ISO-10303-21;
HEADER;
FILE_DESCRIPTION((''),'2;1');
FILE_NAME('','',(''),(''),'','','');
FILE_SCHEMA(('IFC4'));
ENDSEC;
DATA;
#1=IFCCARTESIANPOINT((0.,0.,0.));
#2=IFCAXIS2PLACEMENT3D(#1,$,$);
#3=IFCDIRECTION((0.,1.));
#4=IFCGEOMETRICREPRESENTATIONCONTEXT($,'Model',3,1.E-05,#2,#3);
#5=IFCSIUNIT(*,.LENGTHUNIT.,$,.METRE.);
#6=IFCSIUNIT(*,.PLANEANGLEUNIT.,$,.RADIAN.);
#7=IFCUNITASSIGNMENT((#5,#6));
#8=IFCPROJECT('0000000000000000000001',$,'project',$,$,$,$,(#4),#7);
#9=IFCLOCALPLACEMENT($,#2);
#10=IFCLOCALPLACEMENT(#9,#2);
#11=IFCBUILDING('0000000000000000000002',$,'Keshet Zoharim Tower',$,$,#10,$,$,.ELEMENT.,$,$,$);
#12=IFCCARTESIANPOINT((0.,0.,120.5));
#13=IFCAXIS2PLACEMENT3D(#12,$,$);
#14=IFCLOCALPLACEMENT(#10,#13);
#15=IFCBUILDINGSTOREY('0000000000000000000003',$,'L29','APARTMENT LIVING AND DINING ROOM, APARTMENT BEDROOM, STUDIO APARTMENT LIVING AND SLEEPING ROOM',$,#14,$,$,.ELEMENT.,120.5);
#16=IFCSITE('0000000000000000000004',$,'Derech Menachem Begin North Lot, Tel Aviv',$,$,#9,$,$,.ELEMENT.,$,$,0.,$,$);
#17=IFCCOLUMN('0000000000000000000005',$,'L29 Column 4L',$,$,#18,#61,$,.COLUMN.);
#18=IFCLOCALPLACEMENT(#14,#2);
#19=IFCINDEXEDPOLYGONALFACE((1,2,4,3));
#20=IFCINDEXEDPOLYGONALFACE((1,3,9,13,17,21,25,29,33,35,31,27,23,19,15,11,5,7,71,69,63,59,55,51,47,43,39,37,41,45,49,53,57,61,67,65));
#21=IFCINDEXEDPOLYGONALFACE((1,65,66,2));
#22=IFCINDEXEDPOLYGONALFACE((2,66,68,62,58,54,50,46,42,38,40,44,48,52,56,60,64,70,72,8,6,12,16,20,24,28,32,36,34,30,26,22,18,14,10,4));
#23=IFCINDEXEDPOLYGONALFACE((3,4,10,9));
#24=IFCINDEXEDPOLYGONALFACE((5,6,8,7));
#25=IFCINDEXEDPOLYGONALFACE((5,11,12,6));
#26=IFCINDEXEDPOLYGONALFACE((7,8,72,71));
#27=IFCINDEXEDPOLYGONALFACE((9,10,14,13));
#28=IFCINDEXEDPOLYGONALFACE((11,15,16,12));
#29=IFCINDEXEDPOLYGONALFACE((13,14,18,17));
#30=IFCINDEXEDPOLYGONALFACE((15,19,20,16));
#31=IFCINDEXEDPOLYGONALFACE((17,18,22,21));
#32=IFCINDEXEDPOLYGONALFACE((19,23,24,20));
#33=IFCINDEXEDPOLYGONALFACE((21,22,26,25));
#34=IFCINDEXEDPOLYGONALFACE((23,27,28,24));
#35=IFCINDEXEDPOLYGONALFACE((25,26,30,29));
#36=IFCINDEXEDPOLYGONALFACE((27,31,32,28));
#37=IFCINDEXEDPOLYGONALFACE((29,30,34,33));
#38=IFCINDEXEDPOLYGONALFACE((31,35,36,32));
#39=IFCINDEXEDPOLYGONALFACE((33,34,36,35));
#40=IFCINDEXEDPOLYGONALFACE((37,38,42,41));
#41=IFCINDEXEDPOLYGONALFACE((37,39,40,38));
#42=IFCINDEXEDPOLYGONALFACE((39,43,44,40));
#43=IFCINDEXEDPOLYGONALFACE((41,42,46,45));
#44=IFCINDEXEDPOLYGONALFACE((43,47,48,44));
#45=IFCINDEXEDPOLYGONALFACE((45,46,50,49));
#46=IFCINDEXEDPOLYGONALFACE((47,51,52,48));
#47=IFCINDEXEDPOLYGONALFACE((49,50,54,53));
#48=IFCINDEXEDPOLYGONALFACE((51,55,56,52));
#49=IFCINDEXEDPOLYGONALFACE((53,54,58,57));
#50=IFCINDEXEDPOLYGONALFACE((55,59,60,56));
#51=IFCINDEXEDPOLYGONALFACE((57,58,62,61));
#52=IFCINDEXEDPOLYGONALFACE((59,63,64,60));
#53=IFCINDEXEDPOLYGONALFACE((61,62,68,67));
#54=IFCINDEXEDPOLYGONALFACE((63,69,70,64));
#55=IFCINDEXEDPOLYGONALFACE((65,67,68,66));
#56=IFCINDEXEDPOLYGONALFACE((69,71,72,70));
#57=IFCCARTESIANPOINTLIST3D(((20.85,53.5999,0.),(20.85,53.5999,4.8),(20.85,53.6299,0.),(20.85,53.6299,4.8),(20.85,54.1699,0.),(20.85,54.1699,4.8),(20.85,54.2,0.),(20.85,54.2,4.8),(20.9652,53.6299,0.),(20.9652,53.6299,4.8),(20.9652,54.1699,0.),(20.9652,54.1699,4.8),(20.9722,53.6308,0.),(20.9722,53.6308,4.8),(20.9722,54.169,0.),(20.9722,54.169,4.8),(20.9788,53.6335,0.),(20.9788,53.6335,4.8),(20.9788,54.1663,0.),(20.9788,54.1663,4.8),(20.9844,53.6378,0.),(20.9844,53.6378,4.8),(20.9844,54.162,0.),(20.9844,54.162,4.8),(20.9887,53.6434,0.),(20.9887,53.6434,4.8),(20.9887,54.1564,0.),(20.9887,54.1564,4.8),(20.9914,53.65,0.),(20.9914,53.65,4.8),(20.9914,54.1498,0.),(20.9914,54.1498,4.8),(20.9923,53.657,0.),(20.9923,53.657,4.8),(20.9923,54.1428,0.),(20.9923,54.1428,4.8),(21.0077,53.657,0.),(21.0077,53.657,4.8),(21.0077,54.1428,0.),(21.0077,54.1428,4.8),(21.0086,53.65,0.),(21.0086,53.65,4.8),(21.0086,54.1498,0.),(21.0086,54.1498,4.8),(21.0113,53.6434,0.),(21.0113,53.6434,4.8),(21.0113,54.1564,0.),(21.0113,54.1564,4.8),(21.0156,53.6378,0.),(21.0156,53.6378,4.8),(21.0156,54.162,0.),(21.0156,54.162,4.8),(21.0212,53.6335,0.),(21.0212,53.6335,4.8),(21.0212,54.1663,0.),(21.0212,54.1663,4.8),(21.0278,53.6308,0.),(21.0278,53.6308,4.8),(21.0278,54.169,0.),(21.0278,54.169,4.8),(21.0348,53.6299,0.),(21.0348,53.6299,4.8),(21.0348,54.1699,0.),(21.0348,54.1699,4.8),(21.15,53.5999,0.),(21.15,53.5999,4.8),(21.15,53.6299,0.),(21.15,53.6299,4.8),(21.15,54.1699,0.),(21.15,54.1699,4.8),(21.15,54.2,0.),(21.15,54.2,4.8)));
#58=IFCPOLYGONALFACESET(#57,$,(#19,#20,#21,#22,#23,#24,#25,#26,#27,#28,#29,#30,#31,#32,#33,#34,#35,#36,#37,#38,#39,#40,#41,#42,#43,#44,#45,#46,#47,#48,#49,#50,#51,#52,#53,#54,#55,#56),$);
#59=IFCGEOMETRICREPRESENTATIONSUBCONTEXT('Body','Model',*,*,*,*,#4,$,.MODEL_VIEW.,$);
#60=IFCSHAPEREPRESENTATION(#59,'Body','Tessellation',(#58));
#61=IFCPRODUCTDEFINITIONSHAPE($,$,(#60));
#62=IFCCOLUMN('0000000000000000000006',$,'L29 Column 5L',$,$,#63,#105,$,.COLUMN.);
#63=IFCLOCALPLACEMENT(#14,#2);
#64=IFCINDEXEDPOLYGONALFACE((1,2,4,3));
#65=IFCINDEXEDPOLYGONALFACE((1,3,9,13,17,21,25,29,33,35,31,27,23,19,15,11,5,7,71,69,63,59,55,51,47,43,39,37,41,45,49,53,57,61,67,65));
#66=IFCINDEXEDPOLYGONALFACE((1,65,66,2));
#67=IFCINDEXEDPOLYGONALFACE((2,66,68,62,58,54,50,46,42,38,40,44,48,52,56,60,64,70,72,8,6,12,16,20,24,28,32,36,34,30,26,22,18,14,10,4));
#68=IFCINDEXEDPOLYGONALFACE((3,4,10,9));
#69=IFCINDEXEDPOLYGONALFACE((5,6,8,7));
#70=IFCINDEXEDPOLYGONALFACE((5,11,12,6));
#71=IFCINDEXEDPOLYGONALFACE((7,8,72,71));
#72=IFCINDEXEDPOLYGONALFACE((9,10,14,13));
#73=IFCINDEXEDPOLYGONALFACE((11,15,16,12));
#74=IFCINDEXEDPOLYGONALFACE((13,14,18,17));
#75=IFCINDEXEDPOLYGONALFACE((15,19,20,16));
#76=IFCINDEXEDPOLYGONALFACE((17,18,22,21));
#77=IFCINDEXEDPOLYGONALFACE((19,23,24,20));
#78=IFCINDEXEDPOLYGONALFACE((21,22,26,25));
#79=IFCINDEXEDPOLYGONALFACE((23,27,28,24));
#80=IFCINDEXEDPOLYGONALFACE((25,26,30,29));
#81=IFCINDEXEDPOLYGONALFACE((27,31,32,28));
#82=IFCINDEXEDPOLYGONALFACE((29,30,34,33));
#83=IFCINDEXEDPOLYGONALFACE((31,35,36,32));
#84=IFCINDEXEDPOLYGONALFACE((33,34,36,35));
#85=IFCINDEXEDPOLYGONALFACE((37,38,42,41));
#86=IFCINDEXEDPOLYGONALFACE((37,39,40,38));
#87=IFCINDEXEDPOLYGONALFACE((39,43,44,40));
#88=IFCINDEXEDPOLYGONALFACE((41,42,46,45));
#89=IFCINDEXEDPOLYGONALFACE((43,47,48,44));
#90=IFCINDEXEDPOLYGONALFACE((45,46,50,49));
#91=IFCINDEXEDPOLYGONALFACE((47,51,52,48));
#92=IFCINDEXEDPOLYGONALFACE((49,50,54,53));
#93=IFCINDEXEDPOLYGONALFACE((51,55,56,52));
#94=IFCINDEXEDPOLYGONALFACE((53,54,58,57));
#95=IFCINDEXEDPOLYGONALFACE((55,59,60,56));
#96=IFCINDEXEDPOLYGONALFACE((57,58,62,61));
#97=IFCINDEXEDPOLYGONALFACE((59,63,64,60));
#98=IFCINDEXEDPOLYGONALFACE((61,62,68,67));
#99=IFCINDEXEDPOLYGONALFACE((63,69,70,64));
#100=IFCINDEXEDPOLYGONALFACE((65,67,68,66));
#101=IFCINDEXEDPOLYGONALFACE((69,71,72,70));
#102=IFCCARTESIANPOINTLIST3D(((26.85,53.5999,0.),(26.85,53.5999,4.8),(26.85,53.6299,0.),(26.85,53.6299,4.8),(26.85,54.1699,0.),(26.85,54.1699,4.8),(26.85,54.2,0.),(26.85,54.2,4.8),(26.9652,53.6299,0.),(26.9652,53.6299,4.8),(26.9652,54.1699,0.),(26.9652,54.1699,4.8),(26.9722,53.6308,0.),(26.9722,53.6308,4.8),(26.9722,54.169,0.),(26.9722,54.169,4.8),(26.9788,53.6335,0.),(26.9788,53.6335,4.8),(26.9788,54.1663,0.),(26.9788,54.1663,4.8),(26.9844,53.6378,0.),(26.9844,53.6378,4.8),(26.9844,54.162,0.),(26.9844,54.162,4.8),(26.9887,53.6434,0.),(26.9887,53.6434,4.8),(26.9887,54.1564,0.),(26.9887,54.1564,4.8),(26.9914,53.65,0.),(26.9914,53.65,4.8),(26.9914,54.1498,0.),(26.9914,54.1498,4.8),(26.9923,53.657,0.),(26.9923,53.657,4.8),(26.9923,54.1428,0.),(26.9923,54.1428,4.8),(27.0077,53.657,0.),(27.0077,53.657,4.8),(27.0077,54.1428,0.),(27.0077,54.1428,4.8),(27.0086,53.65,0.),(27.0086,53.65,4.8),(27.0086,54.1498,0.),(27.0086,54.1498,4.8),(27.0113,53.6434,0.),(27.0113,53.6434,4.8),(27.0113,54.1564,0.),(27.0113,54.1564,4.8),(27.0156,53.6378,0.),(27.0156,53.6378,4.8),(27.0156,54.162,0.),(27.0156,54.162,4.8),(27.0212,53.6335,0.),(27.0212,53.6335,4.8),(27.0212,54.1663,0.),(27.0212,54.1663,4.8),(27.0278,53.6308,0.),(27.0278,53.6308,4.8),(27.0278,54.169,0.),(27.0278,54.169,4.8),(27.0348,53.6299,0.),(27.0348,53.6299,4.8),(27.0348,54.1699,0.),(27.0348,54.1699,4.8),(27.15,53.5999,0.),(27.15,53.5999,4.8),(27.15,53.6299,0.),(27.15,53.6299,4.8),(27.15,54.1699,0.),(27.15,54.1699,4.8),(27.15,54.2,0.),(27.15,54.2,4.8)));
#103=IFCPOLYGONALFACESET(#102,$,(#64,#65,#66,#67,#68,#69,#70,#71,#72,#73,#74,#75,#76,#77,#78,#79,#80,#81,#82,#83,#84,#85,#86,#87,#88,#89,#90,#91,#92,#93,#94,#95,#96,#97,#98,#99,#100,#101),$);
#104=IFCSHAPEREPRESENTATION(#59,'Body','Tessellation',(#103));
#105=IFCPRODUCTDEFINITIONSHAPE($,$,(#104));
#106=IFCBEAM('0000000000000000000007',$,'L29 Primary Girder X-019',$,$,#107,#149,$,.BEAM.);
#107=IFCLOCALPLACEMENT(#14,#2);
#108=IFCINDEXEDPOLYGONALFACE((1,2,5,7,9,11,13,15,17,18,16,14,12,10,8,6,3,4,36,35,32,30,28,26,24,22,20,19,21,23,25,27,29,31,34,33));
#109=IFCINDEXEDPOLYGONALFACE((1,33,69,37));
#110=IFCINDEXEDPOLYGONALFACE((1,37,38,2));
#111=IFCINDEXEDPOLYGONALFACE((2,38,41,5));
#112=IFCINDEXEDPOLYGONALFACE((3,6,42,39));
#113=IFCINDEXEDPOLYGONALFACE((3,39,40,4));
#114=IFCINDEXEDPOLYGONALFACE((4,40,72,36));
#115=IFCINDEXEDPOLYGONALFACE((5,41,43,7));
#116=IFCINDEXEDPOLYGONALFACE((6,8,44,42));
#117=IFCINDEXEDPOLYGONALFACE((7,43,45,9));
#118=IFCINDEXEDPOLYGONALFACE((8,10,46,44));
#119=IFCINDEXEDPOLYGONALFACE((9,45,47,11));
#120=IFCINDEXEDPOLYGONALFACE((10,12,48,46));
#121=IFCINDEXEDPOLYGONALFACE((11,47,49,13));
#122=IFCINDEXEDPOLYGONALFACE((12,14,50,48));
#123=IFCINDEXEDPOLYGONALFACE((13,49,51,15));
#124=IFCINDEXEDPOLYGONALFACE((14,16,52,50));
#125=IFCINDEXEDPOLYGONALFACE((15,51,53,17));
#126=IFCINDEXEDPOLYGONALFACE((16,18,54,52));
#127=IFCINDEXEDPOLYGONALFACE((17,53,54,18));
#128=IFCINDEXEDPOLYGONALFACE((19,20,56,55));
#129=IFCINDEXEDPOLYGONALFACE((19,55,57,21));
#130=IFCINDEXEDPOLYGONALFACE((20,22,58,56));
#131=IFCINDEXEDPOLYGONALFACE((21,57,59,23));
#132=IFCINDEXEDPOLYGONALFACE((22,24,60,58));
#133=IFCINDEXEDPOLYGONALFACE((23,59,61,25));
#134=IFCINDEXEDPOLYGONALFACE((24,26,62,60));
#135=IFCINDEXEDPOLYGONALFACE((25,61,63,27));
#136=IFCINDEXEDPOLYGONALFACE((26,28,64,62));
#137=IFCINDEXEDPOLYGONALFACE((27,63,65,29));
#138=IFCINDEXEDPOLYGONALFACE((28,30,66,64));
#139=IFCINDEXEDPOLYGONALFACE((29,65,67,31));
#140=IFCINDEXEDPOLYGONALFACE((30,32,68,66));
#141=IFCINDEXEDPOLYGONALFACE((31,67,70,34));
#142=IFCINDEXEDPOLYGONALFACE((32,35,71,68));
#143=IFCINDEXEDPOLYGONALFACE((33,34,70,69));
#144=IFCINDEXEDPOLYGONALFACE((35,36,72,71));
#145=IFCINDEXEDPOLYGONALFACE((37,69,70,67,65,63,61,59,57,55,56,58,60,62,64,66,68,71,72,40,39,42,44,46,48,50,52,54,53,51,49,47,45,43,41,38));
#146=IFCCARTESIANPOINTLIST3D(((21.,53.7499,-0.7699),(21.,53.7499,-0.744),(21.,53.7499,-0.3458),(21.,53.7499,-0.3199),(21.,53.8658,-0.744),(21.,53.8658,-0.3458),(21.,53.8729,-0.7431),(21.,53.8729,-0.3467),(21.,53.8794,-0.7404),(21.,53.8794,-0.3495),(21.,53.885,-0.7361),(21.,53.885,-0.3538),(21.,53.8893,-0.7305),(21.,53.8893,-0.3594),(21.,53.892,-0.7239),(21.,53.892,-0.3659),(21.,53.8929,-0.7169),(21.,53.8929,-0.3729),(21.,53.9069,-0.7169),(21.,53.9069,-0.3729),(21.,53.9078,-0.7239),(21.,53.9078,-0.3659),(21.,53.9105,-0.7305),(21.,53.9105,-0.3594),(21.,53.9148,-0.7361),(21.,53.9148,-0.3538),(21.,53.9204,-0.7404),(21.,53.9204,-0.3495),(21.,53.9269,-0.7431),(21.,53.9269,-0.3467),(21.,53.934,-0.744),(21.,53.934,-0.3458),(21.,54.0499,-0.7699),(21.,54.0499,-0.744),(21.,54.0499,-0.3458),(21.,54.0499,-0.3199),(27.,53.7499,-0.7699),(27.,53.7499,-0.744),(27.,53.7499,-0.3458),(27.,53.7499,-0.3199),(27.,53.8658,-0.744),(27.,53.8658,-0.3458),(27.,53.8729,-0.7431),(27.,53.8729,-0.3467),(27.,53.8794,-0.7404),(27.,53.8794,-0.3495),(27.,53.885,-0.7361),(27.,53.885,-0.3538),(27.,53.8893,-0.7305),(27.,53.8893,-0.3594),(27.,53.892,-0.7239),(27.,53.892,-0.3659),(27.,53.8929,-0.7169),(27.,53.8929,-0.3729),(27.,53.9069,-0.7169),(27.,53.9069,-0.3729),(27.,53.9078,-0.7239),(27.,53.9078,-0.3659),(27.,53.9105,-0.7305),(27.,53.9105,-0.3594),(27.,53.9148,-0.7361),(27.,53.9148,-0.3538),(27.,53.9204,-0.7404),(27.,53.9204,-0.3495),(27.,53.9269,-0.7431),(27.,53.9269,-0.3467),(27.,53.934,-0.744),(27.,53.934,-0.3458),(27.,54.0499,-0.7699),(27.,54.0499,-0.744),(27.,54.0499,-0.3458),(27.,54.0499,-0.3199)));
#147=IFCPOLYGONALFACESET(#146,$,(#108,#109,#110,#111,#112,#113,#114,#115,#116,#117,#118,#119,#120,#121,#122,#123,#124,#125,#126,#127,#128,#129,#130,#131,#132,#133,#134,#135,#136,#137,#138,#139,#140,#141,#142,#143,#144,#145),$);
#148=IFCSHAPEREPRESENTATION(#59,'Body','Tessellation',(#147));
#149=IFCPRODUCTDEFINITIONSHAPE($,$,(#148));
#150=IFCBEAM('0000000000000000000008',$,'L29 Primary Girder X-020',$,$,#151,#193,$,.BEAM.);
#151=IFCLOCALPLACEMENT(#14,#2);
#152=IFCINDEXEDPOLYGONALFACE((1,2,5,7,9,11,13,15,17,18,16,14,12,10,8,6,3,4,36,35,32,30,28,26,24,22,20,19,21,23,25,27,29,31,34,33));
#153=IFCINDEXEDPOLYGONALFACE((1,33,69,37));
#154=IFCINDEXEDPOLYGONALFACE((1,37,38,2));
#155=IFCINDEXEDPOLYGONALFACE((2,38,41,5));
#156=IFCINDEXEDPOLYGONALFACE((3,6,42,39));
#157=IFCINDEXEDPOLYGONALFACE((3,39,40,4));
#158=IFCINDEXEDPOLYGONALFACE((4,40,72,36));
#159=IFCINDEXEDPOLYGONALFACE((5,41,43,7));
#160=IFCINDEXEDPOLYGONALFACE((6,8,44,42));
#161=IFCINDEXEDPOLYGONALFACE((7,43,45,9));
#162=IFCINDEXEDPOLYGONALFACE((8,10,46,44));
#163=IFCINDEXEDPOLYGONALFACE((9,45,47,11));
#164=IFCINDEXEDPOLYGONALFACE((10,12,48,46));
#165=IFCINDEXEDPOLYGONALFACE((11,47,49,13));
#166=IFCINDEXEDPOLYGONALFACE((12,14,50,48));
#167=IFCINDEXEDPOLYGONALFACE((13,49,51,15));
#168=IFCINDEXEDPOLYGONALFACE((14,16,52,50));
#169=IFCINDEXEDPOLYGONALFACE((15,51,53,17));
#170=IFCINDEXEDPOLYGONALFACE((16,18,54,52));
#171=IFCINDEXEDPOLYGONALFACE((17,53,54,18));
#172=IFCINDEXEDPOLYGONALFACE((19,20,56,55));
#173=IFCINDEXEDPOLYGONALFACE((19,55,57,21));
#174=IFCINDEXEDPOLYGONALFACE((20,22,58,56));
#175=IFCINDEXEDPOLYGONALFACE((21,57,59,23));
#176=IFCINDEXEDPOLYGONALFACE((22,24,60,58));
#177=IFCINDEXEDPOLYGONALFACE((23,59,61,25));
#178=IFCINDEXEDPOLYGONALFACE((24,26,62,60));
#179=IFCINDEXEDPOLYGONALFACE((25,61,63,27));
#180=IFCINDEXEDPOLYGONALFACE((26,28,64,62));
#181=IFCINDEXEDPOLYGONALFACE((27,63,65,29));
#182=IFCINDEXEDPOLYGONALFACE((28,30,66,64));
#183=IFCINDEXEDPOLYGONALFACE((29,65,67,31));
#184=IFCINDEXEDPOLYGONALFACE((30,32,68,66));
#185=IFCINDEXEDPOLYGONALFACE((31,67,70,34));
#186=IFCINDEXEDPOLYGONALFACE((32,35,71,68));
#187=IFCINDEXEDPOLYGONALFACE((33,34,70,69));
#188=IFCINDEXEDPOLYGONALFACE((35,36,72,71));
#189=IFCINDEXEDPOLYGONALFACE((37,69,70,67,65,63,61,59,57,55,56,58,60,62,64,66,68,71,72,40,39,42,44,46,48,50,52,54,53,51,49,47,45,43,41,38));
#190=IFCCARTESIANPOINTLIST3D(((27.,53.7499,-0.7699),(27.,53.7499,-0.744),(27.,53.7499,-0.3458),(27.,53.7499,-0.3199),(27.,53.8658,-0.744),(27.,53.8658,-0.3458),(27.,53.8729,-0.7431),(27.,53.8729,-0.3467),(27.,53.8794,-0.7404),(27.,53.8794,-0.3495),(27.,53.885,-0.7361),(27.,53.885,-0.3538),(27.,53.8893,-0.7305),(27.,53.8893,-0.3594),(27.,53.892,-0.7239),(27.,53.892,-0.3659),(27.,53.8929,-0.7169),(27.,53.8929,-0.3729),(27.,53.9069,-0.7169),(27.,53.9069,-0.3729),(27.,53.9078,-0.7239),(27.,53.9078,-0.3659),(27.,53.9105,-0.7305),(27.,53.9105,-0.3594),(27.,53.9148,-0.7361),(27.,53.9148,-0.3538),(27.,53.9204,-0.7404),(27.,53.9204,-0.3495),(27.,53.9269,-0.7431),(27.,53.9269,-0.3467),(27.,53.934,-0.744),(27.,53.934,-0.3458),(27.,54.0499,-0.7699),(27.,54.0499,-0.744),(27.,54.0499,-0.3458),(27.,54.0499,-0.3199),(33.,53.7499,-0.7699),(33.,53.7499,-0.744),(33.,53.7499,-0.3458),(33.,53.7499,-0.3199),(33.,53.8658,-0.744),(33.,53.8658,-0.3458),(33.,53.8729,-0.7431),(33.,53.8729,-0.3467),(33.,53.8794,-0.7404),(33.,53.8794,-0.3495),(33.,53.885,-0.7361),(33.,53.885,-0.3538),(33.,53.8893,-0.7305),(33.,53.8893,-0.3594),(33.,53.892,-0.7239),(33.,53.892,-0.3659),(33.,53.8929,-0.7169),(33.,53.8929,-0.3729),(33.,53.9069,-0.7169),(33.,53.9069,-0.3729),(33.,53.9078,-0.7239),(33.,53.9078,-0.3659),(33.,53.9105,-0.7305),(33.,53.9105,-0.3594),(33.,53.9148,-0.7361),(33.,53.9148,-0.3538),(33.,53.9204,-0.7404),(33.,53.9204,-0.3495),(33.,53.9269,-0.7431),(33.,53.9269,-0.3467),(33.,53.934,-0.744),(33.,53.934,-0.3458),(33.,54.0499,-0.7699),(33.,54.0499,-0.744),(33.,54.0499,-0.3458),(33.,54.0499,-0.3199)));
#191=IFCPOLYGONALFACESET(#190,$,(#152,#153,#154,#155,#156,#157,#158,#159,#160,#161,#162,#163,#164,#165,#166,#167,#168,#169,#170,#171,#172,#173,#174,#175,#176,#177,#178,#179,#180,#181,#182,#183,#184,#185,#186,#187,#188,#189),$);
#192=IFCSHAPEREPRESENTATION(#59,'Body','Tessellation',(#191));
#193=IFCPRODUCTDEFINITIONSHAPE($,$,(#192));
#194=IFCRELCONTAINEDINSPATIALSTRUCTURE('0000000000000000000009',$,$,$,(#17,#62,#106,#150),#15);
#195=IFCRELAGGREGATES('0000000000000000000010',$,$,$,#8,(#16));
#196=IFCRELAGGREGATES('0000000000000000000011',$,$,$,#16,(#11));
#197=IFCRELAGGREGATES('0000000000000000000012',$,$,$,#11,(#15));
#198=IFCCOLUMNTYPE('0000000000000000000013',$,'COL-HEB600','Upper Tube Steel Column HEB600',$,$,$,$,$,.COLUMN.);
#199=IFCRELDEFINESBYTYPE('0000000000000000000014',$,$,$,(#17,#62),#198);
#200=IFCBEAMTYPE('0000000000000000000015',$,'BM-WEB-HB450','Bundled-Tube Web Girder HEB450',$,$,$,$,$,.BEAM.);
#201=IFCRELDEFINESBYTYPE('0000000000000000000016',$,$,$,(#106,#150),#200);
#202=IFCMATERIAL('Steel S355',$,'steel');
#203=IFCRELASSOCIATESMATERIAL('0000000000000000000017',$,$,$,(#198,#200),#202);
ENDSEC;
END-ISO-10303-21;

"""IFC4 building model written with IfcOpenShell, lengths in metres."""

from ifc_helpers import new_model, si_unit, direction, frame, origin, origin_2d, place, context, subcontext, project, spatial, i_section, extrude, material, material_profile, profile_set, type_object, element, save


model = new_model("IFC4")

# Units and contexts
model_context = context("Model", 3, precision=1e-05, world=origin(), true_north=direction((0.0, 1.0)))
body_context = subcontext(model_context, "Body", "Model", "MODEL_VIEW")
ifc_project = project(units=[si_unit("LENGTHUNIT", "METRE"), si_unit("PLANEANGLEUNIT", "RADIAN")], contexts=[model_context])

# Site, building, storey
site_placement = place(None, origin())
site = spatial("IfcSite", under=ifc_project, at=site_placement, Name="Derech Menachem Begin North Lot, Tel Aviv", CompositionType="ELEMENT", RefElevation=0.0)
building_placement = place(site_placement, origin())
building = spatial("IfcBuilding", under=site, at=building_placement, Name="Keshet Zoharim Tower", CompositionType="ELEMENT")
storey_placement = place(building_placement, frame((0.0, 0.0, 120.5)))
storey = spatial("IfcBuildingStorey", under=building, at=storey_placement, Name="L29", Description="APARTMENT LIVING AND DINING ROOM, APARTMENT BEDROOM, STUDIO APARTMENT LIVING AND SLEEPING ROOM", CompositionType="ELEMENT", Elevation=120.5)

# Columns
ifc_material_1 = material(Name="Steel S355", Category="steel")
ifc_material_profile_1 = material_profile(ifc_material_1, i_section(OverallWidth=0.3, OverallDepth=0.6001, WebThickness=0.0154, FlangeThickness=0.03, FilletRadius=0.0271, at=origin_2d()), Name="HEB600")
ifc_profile_set_1 = profile_set([ifc_material_profile_1], Name="Steel S355")
column_type = type_object("IfcColumnType", Name="COL-HEB600", Description="Upper Tube Steel Column HEB600", PredefinedType="COLUMN", material=ifc_profile_set_1)
for number, where, z_axis, x_axis, name in (
    (1, (21.0, 53.8999, 0.0), (0.0, 0.0, 1.0), (1.0, 0.0, 0.0), "L29 Column 4L"),
    (2, (27.0, 53.8999, 0.0), (0.0, 0.0, 1.0), (1.0, 0.0, 0.0), "L29 Column 5L"),
):
    element("IfcColumn", number, at=place(storey_placement, frame(where, z_axis=z_axis, x_axis=x_axis)), inside=storey, type_object=column_type, Name=name, PredefinedType="COLUMN", context=body_context, shape_type="SweptSolid", body=[
        extrude(i_section(OverallWidth=0.3, OverallDepth=0.6001, WebThickness=0.0154, FlangeThickness=0.03, FilletRadius=0.0271, at=origin_2d()), origin(), (0.0, 0.0, 1.0), 4.8),
    ])

# Beams
ifc_material_profile_2 = material_profile(ifc_material_1, i_section(OverallWidth=0.3, OverallDepth=0.45, WebThickness=0.0139, FlangeThickness=0.0259, FilletRadius=0.0271, at=origin_2d()), Name="HEB450")
ifc_profile_set_2 = profile_set([ifc_material_profile_2], Name="Steel S355")
beam_type = type_object("IfcBeamType", Name="BM-WEB-HB450", Description="Bundled-Tube Web Girder HEB450", PredefinedType="BEAM", material=ifc_profile_set_2)
for number, where, z_axis, x_axis, name in (
    (3, (21.0, 53.8999, -0.5449), (1.0, 0.0, 0.0), (0.0, 1.0, 0.0), "L29 Primary Girder X-019"),
    (4, (27.0, 53.8999, -0.5449), (1.0, 0.0, 0.0), (0.0, 1.0, 0.0), "L29 Primary Girder X-020"),
):
    element("IfcBeam", number, at=place(storey_placement, frame(where, z_axis=z_axis, x_axis=x_axis)), inside=storey, type_object=beam_type, Name=name, PredefinedType="BEAM", context=body_context, shape_type="SweptSolid", body=[
        extrude(i_section(OverallWidth=0.3, OverallDepth=0.45, WebThickness=0.0139, FlangeThickness=0.0259, FilletRadius=0.0271, at=origin_2d()), origin(), (0.0, 0.0, 1.0), 6.0),
    ])

save(model, "model.ifc")
